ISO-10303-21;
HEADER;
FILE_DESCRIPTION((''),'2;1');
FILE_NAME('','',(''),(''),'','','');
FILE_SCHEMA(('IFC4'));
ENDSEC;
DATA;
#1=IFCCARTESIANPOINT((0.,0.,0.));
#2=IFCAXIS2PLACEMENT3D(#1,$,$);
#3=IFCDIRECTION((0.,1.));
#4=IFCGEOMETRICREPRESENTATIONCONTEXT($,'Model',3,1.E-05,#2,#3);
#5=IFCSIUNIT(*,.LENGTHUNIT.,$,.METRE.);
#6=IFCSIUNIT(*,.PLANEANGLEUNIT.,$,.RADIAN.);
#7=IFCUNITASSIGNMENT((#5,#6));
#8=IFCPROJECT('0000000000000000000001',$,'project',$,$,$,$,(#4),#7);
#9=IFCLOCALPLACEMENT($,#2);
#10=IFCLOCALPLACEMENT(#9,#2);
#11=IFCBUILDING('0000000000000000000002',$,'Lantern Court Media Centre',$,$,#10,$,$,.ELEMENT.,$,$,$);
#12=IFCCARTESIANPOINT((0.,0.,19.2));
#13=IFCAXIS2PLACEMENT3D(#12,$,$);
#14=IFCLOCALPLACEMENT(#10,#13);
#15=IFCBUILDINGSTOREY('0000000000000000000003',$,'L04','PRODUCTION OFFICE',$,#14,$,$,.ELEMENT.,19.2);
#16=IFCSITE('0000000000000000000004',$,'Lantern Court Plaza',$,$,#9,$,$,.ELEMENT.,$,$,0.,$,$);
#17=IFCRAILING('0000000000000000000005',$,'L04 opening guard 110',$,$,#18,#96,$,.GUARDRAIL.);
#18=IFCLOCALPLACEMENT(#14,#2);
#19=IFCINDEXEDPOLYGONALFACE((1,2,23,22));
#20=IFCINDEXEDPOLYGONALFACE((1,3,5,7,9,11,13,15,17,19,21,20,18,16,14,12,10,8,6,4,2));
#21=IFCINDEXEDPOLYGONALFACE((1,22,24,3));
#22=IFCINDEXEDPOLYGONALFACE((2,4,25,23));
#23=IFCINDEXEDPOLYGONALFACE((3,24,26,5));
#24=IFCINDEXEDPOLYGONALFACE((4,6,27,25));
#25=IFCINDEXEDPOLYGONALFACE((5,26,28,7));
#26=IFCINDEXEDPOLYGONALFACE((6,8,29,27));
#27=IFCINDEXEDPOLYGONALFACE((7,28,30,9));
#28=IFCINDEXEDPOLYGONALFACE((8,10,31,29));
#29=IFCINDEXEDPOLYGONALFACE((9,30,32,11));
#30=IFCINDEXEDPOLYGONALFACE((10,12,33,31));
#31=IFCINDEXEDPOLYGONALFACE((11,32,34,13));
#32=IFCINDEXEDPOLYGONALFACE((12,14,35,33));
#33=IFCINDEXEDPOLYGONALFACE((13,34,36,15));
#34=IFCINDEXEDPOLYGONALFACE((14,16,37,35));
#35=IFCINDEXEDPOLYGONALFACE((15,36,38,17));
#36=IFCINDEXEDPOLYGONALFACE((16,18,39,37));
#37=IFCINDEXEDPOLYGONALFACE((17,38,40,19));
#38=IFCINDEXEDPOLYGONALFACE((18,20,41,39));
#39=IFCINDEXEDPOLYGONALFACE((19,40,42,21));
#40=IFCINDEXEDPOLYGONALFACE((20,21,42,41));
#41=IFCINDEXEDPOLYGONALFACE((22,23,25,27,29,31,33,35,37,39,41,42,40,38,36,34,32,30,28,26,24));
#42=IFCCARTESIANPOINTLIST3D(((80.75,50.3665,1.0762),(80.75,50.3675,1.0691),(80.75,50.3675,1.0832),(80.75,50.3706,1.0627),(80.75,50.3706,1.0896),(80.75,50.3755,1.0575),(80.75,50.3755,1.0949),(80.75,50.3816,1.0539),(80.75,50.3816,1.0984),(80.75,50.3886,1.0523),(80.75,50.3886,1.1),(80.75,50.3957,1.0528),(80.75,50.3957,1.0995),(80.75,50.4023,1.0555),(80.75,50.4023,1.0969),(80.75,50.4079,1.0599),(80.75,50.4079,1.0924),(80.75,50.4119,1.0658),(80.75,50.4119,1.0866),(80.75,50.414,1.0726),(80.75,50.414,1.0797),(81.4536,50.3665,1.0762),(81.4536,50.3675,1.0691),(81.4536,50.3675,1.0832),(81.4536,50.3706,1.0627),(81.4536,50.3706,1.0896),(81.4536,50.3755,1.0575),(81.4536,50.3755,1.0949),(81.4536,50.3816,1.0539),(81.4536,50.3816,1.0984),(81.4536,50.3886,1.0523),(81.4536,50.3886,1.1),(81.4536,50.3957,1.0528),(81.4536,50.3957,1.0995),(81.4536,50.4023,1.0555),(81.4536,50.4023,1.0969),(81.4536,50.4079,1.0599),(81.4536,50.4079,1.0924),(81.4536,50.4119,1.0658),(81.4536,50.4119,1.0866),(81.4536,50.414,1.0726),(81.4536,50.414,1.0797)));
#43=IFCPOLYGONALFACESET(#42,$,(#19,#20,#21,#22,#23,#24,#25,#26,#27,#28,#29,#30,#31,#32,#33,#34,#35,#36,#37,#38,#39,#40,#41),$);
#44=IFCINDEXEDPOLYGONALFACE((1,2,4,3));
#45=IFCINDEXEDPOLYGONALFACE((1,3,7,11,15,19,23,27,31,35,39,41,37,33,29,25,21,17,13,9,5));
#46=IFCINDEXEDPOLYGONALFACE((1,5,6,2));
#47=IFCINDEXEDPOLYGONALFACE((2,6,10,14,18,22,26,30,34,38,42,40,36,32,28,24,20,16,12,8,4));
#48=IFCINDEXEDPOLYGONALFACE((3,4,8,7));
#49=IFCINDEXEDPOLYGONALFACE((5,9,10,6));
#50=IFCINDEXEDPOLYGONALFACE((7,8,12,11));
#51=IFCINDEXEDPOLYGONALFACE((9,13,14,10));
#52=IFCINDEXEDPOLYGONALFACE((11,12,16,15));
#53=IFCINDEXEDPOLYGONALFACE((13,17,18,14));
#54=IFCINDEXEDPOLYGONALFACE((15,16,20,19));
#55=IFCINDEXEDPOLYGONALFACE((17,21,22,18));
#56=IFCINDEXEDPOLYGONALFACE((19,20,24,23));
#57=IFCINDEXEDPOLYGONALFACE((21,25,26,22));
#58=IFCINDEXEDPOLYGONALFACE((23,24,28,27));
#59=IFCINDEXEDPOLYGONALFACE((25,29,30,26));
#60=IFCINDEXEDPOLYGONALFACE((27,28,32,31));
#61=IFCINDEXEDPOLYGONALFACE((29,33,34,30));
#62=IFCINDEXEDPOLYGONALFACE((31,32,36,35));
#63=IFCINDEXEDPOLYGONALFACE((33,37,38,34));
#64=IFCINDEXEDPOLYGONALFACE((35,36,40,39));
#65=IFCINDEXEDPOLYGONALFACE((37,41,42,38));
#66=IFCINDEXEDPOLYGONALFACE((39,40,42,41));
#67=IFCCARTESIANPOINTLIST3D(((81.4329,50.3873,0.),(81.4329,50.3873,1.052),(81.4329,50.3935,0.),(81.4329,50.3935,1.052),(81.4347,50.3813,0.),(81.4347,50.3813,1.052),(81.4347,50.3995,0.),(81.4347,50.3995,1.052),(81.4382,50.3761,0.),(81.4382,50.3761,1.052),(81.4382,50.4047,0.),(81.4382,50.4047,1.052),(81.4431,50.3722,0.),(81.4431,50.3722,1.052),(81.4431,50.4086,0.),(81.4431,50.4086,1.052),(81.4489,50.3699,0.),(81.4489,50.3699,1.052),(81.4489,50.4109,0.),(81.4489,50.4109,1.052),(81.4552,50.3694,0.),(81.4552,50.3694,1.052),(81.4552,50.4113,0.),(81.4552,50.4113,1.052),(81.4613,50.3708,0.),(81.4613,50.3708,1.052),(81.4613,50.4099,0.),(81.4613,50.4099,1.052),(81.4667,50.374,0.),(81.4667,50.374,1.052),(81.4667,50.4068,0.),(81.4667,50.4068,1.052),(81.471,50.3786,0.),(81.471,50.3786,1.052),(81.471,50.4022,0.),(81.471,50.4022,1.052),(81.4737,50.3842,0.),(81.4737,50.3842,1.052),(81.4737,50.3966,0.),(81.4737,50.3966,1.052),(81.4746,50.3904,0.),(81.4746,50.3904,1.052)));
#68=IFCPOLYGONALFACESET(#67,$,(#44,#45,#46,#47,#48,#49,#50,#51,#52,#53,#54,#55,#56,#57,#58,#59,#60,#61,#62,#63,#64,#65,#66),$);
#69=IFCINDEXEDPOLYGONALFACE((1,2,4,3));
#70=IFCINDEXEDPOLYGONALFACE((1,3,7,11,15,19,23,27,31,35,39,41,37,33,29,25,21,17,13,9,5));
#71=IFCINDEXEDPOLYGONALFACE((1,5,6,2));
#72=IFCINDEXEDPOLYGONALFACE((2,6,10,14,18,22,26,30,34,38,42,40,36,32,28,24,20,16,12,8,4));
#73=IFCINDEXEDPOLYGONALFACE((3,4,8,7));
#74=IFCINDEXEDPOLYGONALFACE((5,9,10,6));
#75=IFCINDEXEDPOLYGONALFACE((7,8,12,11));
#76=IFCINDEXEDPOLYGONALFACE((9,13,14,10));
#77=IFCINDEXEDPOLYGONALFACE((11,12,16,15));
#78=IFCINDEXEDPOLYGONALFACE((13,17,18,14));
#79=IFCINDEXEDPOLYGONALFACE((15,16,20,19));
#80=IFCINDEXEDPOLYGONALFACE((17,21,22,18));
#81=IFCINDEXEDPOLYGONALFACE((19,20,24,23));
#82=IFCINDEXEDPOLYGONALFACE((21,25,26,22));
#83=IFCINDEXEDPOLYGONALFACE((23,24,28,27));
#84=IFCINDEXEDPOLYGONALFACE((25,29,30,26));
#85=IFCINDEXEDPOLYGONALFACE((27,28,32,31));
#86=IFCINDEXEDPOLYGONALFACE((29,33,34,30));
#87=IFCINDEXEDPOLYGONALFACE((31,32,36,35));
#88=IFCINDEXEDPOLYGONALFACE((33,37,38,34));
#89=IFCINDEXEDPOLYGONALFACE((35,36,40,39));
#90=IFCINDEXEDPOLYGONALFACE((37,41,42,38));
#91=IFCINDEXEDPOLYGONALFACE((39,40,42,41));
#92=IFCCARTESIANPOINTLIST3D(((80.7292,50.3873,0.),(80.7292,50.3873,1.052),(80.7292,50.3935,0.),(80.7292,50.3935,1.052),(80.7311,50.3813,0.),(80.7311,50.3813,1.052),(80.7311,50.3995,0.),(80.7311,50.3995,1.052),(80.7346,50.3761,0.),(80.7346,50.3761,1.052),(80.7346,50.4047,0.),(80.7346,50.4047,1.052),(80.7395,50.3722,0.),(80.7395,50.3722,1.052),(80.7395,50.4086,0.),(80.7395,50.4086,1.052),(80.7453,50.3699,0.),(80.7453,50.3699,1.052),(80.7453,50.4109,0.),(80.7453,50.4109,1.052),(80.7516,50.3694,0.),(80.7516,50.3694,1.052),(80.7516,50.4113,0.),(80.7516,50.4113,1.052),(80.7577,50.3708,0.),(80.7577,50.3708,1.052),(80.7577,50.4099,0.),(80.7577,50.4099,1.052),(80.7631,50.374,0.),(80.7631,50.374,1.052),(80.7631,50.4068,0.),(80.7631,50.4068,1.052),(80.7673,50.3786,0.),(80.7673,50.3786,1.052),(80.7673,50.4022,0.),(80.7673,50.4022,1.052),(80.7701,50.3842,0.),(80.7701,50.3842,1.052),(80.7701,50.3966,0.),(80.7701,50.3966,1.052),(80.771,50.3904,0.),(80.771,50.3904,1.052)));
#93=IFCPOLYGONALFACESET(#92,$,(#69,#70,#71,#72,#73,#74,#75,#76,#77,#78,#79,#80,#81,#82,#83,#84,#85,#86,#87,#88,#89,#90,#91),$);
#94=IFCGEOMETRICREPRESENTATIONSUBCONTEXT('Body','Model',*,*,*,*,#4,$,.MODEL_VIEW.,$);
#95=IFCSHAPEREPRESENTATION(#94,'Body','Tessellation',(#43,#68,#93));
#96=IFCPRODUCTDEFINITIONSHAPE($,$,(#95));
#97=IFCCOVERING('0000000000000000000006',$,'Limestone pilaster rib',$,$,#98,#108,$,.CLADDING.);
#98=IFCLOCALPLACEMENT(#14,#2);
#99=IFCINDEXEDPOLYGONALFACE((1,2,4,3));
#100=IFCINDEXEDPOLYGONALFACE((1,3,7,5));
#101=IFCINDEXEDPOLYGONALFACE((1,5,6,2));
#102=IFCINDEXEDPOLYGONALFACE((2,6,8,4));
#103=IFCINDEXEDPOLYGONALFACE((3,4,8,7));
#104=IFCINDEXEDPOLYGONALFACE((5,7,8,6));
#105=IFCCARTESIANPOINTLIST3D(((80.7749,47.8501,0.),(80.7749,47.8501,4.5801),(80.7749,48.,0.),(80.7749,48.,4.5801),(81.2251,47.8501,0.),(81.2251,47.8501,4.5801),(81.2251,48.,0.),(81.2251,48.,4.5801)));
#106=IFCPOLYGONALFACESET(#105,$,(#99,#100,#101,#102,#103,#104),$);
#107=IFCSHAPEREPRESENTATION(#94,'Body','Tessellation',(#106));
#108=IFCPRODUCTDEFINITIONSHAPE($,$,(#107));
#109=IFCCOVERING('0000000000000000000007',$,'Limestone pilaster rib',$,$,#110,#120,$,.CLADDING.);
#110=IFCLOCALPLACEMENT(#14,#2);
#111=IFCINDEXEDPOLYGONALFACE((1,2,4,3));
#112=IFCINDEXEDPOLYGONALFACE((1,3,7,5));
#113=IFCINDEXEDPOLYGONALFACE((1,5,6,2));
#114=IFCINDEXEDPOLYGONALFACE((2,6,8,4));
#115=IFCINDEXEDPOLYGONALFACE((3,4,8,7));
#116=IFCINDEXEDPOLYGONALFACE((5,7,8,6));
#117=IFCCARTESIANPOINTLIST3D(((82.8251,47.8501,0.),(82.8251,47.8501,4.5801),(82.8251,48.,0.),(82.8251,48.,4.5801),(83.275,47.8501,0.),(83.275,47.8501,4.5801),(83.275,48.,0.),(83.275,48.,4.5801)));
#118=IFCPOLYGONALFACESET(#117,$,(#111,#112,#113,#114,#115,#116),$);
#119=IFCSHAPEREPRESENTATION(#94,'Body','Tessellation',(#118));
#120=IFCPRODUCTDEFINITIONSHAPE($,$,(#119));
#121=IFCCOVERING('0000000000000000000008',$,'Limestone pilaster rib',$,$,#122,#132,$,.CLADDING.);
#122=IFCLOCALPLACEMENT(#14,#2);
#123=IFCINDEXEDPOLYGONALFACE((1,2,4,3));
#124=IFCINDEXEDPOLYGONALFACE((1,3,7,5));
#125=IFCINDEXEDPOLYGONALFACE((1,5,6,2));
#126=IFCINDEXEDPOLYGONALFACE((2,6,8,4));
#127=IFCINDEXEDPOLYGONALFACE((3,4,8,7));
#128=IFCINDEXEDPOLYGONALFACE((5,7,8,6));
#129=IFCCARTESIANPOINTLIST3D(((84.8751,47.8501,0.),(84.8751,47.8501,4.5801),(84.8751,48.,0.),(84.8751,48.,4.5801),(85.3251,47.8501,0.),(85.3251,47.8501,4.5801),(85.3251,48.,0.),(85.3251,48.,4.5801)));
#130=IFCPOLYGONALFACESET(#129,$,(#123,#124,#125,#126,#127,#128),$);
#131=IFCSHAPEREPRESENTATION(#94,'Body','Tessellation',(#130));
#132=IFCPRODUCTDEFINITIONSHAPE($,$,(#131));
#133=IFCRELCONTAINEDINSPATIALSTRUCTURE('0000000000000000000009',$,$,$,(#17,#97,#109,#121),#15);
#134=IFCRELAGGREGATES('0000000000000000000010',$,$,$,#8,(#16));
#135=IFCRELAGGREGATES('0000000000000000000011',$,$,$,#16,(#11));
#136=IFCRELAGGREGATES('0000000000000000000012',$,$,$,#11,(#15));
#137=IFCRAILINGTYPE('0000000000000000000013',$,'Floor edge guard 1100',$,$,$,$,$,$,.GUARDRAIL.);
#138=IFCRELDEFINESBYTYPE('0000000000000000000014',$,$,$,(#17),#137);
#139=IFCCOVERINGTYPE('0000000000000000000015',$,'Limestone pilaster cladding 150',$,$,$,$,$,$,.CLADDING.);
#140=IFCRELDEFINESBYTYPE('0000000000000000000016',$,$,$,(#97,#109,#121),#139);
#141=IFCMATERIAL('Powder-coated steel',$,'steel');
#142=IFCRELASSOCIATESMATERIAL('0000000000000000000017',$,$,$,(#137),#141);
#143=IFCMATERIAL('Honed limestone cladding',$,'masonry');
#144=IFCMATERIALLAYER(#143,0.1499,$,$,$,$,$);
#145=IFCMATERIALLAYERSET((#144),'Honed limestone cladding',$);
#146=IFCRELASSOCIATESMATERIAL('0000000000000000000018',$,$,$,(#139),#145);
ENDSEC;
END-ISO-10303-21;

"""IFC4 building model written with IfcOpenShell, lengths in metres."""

from ifc_helpers import new_model, si_unit, direction, frame, frame_2d, origin, origin_2d, place, context, subcontext, project, spatial, rectangle, circle, extrude, material, layer, layer_set, type_object, element, save


model = new_model("IFC4")

# Units and contexts
model_context = context("Model", 3, precision=1e-05, world=origin(), true_north=direction((0.0, 1.0)))
body_context = subcontext(model_context, "Body", "Model", "MODEL_VIEW")
ifc_project = project(units=[si_unit("LENGTHUNIT", "METRE"), si_unit("PLANEANGLEUNIT", "RADIAN")], contexts=[model_context])

# Site, building, storey
site_placement = place(None, origin())
site = spatial("IfcSite", under=ifc_project, at=site_placement, Name="Lantern Court Plaza", CompositionType="ELEMENT", RefElevation=0.0)
building_placement = place(site_placement, origin())
building = spatial("IfcBuilding", under=site, at=building_placement, Name="Lantern Court Media Centre", CompositionType="ELEMENT")
storey_placement = place(building_placement, frame((0.0, 0.0, 19.2)))
storey = spatial("IfcBuildingStorey", under=building, at=storey_placement, Name="L04", Description="PRODUCTION OFFICE", CompositionType="ELEMENT", Elevation=19.2)

# Railing
ifc_material_1 = material(Name="Powder-coated steel", Category="steel")
railing_type_1 = type_object("IfcRailingType", Name="Floor edge guard 1100", PredefinedType="GUARDRAIL", material=ifc_material_1)
for number, where, name in (
    (1, (81.4536, 50.3904, 0.0), "L04 opening guard 110"),
):
    element("IfcRailing", number, at=place(storey_placement, frame(where)), inside=storey, type_object=railing_type_1, Name=name, PredefinedType="GUARDRAIL", context=body_context, shape_type="SweptSolid", body=[
        extrude(circle(Radius=0.0239, at=origin_2d()), frame((0.0, 0.0, 1.0762), z_axis=(-1.0, 0.0, 0.0), x_axis=(0.0, -1.0, 0.0)), (0.0, 0.0, 1.0), 0.7036),
        extrude(circle(Radius=0.021, at=origin_2d()), origin(), (0.0, 0.0, 1.0), 1.052),
        extrude(circle(Radius=0.021, at=origin_2d()), frame((-0.7036, 0.0, 0.0)), (0.0, 0.0, 1.0), 1.052),
    ])

# Coverings
ifc_material_2 = material(Name="Honed limestone cladding", Category="masonry")
ifc_layer_1 = layer(ifc_material_2, 0.1499)
ifc_layer_set_1 = layer_set([ifc_layer_1], Name="Honed limestone cladding")
covering_type = type_object("IfcCoveringType", Name="Limestone pilaster cladding 150", PredefinedType="CLADDING", material=ifc_layer_set_1)
covering_placement = place(storey_placement, frame((80.7749, 47.925, 0.0), z_axis=(0.0, 0.0, 1.0), x_axis=(1.0, 0.0, 0.0)))
element("IfcCovering", 2, at=covering_placement, inside=storey, type_object=covering_type, Name="Limestone pilaster rib", PredefinedType="CLADDING", context=body_context, shape_type="SweptSolid", body=[
    extrude(rectangle(XDim=0.4502, YDim=0.1499, at=frame_2d((0.2251, 0.0))), origin(), (0.0, 0.0, 1.0), 4.5801),
])
for number, where, z_axis, x_axis, name in (
    (3, (82.825, 47.925, 0.0), (0.0, 0.0, 1.0), (1.0, 0.0, 0.0), "Limestone pilaster rib"),
    (4, (84.875, 47.925, 0.0), (0.0, 0.0, 1.0), (1.0, 0.0, 0.0), "Limestone pilaster rib"),
):
    element("IfcCovering", number, at=place(storey_placement, frame(where, z_axis=z_axis, x_axis=x_axis)), inside=storey, type_object=covering_type, Name=name, PredefinedType="CLADDING", context=body_context, shape_type="SweptSolid", body=[
        extrude(rectangle(XDim=0.45, YDim=0.1499, at=frame_2d((0.2251, 0.0))), origin(), (0.0, 0.0, 1.0), 4.5801),
    ])

save(model, "model.ifc")
